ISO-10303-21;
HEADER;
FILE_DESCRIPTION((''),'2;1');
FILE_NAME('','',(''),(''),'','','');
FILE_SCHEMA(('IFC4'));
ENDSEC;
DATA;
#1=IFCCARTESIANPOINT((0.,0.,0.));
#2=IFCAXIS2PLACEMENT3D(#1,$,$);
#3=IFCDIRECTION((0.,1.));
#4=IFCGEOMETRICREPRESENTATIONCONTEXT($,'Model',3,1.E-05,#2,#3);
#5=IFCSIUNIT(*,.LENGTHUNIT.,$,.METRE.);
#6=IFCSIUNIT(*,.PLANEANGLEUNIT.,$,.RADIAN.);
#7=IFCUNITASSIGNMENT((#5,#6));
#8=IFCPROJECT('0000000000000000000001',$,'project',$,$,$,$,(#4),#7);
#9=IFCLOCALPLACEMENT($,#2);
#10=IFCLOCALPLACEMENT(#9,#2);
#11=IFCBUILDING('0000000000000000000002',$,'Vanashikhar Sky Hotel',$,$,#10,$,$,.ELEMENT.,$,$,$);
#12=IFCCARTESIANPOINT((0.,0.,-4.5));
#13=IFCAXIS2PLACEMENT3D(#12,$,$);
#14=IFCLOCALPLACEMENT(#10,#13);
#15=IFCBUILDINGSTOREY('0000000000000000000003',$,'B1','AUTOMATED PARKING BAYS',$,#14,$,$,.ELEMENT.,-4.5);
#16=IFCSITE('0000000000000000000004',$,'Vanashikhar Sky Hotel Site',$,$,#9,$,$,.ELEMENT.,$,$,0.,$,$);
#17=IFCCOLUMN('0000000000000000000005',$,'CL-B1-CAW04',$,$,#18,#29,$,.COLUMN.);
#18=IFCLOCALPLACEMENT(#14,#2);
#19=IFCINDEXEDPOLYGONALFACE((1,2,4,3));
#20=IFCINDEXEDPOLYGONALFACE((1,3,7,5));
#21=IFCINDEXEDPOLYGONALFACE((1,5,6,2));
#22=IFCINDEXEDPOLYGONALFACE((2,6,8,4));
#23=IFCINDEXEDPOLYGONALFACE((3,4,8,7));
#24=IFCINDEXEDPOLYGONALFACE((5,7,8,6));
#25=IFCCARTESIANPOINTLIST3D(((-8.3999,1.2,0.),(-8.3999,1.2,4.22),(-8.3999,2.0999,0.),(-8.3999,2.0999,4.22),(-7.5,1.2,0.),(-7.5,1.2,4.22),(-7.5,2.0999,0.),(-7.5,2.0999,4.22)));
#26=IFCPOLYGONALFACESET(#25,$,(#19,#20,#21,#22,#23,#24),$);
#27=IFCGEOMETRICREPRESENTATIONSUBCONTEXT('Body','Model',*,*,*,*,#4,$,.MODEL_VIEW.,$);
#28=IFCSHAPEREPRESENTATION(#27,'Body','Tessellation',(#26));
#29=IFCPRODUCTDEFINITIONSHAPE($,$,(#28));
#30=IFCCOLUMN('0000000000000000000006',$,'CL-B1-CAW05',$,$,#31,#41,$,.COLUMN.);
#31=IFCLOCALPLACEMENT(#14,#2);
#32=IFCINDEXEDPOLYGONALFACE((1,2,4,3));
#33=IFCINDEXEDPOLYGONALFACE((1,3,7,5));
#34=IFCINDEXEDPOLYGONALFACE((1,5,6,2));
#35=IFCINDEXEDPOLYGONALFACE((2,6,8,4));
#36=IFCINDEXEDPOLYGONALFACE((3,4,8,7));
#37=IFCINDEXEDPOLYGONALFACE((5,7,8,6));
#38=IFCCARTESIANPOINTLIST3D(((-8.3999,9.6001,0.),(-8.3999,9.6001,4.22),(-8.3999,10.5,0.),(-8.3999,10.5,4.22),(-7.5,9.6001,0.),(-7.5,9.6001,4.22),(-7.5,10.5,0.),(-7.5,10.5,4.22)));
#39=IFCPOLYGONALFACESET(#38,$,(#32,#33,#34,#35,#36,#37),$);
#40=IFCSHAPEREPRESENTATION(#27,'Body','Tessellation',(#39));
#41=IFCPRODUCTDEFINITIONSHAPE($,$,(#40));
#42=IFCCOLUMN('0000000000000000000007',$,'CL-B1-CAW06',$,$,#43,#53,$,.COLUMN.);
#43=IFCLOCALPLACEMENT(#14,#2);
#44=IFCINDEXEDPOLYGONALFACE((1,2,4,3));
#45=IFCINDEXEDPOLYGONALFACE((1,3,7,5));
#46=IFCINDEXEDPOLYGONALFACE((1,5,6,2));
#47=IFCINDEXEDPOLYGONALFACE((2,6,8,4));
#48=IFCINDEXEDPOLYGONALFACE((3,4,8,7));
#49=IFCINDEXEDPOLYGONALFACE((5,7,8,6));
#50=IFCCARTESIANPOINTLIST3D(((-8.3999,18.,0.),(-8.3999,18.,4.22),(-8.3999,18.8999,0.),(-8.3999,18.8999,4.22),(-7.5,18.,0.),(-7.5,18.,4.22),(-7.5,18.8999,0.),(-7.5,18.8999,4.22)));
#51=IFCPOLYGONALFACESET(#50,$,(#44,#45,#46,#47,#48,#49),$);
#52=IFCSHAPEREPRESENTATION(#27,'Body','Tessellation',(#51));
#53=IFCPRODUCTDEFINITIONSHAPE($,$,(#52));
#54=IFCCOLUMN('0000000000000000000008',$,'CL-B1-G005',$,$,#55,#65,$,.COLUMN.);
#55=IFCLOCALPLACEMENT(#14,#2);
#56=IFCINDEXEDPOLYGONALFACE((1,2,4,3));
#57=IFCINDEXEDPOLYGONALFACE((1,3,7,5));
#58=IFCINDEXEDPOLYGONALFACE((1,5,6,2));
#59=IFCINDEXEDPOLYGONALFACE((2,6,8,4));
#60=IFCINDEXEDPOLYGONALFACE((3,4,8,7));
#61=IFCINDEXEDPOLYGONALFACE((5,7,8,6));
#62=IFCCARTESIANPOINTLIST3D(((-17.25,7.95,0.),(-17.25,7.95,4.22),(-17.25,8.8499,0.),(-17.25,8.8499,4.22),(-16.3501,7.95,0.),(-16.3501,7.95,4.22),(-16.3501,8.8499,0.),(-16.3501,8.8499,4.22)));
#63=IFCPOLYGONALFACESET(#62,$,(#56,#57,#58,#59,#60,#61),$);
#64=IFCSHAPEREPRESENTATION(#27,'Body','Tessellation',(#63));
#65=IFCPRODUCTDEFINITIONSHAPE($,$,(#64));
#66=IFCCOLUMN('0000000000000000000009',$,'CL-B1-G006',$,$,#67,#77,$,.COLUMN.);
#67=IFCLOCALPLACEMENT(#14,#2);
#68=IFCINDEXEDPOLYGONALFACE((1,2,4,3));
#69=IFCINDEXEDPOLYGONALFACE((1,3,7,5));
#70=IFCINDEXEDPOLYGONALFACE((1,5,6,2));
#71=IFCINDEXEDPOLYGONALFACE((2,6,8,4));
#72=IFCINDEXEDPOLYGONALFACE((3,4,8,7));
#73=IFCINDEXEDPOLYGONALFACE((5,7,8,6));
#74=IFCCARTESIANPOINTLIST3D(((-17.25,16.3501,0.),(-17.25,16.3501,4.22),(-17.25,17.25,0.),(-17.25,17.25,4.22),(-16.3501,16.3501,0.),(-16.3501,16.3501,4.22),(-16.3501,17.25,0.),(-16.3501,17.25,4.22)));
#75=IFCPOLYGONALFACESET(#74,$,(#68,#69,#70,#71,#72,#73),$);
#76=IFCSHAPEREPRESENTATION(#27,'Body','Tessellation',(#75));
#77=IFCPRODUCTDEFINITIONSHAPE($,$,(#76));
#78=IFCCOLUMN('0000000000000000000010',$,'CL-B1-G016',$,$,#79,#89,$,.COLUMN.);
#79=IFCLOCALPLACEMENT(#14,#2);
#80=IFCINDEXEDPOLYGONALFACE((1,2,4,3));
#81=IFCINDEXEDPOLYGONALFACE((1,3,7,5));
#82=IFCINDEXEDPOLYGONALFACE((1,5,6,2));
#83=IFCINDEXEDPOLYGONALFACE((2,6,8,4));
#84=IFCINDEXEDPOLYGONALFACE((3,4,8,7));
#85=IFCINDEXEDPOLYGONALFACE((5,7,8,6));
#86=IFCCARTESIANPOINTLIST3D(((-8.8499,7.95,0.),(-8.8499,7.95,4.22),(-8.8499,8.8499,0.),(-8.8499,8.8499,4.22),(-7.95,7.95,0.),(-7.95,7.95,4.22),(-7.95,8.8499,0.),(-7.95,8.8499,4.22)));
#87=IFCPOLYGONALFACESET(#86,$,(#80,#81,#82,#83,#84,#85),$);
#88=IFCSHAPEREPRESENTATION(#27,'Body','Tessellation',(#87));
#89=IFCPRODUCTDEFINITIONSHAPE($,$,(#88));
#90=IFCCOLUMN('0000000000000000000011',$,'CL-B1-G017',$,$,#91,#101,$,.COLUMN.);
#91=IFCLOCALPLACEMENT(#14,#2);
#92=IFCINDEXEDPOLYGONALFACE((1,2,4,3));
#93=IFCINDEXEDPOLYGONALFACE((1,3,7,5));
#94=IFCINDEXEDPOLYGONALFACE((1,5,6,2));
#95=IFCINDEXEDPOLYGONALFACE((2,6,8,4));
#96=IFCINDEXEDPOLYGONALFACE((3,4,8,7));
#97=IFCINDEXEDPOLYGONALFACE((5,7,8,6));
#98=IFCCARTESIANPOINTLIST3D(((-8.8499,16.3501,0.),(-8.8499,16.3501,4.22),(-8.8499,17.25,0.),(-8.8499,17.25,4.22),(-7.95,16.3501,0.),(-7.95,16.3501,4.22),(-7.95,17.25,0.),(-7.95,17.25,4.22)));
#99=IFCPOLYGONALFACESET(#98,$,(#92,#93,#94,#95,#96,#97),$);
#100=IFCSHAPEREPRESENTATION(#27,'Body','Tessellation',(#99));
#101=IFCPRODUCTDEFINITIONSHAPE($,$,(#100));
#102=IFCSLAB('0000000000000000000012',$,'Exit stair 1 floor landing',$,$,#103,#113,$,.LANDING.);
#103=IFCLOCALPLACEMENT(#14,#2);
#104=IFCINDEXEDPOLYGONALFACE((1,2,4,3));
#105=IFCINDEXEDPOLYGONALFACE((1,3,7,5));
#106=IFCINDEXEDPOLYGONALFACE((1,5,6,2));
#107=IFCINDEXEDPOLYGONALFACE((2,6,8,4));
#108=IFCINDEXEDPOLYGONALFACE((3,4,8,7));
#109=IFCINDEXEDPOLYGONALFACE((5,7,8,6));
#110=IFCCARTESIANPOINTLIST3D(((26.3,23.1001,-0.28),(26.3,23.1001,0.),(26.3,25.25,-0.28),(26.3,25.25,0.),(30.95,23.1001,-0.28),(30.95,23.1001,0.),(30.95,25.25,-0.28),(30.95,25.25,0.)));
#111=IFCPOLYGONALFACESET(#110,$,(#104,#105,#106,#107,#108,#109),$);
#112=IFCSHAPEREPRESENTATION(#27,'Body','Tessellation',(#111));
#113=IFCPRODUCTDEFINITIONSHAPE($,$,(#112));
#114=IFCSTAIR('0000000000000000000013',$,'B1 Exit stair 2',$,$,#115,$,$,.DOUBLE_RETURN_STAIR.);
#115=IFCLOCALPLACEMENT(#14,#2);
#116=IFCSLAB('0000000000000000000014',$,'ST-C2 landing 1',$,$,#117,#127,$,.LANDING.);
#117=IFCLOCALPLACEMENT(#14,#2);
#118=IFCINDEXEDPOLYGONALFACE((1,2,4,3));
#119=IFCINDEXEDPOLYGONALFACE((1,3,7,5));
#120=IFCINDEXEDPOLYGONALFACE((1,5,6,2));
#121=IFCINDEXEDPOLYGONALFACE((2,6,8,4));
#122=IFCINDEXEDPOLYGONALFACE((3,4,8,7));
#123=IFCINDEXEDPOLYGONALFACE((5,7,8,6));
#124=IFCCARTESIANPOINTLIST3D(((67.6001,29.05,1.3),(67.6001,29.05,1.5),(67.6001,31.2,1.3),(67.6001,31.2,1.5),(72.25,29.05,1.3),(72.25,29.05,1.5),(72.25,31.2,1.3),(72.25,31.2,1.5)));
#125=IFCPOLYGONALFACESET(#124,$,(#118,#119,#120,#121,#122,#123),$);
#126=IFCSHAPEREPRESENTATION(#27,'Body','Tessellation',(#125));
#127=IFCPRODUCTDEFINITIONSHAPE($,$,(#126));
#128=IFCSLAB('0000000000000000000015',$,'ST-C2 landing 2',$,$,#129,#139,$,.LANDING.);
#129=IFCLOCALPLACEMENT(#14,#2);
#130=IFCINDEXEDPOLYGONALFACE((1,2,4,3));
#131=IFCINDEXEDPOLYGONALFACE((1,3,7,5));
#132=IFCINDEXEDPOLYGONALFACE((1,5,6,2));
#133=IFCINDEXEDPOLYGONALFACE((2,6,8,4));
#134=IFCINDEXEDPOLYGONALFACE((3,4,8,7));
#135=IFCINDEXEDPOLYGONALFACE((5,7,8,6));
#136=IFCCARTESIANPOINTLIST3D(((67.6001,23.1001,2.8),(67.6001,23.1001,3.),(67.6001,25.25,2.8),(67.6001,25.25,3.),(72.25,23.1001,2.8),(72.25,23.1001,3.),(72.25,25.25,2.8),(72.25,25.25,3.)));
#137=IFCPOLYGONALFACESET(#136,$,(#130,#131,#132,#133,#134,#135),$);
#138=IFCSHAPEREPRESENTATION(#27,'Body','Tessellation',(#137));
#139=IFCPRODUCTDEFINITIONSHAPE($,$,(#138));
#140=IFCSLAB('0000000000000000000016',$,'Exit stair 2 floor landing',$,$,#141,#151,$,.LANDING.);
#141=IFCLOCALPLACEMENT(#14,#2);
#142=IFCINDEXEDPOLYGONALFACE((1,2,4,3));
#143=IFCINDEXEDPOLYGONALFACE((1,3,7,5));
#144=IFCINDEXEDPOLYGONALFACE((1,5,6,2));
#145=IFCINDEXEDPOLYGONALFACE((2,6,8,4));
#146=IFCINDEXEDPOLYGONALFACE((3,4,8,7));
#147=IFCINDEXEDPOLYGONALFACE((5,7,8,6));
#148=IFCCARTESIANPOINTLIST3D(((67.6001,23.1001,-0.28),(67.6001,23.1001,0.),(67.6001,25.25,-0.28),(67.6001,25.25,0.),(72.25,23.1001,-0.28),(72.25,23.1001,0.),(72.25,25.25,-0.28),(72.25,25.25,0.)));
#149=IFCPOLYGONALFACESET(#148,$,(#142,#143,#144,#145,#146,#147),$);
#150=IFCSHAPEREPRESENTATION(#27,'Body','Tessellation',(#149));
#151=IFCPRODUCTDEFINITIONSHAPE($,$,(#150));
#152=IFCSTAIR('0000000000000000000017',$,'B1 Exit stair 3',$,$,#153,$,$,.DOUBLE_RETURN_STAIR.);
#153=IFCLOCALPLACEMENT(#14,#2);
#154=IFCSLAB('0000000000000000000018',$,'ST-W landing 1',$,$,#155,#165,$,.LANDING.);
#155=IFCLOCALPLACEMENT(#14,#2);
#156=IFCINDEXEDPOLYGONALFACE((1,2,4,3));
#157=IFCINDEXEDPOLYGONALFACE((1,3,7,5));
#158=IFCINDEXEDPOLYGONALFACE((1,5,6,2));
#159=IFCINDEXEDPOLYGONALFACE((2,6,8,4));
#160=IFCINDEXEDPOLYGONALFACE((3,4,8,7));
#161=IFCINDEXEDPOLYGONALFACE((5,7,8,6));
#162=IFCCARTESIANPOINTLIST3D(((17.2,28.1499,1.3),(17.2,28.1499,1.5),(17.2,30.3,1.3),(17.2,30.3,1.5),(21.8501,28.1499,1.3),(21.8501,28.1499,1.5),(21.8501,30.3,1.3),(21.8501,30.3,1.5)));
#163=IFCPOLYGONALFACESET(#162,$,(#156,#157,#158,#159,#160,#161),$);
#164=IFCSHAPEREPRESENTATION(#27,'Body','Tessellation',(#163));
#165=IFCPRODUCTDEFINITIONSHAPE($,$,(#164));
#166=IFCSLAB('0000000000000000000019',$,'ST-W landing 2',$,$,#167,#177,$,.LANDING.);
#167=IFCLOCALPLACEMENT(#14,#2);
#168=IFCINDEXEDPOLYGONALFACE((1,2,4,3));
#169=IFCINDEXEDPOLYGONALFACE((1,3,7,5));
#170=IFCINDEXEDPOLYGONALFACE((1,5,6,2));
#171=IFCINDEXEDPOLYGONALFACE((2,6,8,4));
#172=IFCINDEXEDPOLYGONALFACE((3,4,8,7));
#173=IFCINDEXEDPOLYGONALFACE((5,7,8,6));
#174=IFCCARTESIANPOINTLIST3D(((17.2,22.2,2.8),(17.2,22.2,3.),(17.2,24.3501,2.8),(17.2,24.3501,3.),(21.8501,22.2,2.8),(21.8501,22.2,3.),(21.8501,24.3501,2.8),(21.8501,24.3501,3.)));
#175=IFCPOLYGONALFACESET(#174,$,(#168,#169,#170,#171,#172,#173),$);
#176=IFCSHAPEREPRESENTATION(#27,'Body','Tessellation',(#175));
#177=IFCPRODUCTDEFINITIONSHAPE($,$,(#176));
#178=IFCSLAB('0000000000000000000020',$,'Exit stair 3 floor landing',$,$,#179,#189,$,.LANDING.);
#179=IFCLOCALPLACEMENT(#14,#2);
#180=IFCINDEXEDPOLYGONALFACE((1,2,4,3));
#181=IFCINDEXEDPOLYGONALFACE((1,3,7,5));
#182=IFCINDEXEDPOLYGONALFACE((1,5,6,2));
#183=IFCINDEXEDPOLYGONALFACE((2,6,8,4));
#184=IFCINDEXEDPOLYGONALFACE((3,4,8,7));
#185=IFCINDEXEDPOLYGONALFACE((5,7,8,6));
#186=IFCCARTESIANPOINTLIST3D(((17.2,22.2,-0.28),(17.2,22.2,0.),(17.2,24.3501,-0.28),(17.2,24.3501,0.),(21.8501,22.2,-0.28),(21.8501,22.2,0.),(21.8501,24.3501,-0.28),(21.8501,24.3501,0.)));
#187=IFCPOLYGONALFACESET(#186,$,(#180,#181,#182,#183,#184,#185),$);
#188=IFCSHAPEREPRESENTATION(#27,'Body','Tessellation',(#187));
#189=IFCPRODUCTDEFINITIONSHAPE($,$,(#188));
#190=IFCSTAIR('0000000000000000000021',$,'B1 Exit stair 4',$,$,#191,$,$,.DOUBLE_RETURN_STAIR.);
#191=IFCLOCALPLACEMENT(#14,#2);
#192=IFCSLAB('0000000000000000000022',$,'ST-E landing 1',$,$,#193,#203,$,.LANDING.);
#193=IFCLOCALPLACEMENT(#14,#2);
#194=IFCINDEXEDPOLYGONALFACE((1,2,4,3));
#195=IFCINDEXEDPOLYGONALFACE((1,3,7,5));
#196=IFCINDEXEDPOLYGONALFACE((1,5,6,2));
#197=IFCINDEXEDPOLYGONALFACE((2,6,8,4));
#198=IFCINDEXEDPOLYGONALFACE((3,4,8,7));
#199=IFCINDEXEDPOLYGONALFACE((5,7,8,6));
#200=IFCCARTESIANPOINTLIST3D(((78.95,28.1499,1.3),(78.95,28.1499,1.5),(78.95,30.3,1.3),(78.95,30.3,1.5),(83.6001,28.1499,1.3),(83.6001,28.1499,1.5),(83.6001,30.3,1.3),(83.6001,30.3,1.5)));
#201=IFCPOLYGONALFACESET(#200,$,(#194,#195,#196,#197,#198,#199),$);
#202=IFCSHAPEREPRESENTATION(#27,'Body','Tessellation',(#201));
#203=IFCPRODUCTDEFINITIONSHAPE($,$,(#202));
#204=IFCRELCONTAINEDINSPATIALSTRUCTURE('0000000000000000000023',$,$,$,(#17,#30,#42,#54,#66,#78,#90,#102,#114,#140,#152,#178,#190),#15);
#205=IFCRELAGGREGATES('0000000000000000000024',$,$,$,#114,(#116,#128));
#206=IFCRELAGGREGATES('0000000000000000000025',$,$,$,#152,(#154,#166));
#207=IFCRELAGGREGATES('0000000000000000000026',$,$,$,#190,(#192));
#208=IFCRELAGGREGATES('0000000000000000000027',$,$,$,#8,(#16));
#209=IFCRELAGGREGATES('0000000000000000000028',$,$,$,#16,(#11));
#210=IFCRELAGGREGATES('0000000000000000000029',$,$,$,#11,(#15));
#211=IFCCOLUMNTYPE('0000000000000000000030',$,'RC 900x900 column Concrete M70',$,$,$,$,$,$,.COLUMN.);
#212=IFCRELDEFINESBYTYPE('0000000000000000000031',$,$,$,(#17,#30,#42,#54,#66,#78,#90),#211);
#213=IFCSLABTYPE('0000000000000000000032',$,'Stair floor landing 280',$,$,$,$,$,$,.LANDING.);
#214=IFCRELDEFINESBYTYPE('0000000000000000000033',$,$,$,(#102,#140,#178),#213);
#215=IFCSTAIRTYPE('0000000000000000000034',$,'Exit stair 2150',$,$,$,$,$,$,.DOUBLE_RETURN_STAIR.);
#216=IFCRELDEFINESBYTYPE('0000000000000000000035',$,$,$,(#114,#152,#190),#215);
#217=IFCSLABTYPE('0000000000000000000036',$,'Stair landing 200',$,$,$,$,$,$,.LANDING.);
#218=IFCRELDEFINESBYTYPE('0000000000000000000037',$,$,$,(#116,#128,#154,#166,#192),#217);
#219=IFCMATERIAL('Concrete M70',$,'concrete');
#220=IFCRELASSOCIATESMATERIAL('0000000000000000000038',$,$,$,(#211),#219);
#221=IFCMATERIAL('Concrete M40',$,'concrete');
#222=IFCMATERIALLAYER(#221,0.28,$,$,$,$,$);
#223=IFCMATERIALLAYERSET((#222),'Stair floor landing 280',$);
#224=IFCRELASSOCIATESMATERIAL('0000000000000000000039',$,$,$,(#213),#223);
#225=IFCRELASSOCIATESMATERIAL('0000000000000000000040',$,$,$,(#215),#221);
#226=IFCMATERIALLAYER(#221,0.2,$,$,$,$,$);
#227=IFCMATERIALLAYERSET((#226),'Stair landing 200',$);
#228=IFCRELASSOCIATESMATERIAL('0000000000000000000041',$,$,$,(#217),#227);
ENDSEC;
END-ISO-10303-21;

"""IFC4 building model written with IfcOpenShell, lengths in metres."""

from ifc_helpers import new_model, si_unit, direction, frame, origin, origin_2d, place, context, subcontext, project, spatial, polyline, rectangle, outline, extrude, source, transform, mapped, material, layer, layer_set, material_profile, profile_set, type_object, element, aggregate, save


model = new_model("IFC4")

# Units and contexts
model_context = context("Model", 3, precision=1e-05, world=origin(), true_north=direction((0.0, 1.0)))
body_context = subcontext(model_context, "Body", "Model", "MODEL_VIEW")
ifc_project = project(units=[si_unit("LENGTHUNIT", "METRE"), si_unit("PLANEANGLEUNIT", "RADIAN")], contexts=[model_context])

# Site, building, storey
site_placement = place(None, origin())
site = spatial("IfcSite", under=ifc_project, at=site_placement, Name="Vanashikhar Sky Hotel Site", CompositionType="ELEMENT", RefElevation=0.0)
building_placement = place(site_placement, origin())
building = spatial("IfcBuilding", under=site, at=building_placement, Name="Vanashikhar Sky Hotel", CompositionType="ELEMENT")
storey_placement = place(building_placement, frame((0.0, 0.0, -4.5)))
storey = spatial("IfcBuildingStorey", under=building, at=storey_placement, Name="B1", Description="AUTOMATED PARKING BAYS", CompositionType="ELEMENT", Elevation=-4.5)

# Columns
ifc_material_1 = material(Name="Concrete M70", Category="concrete")
ifc_material_profile = material_profile(ifc_material_1, rectangle(XDim=0.8999, YDim=0.8999, at=origin_2d()))
ifc_profile_set = profile_set([ifc_material_profile], Name="RC 900x900 column Concrete M70")
column_type = type_object("IfcColumnType", Name="RC 900x900 column Concrete M70", PredefinedType="COLUMN", material=ifc_profile_set)
shared_shape_1 = source(origin(), body_context, "Body", "SweptSolid", [
    extrude(rectangle(XDim=0.8999, YDim=0.8999, at=origin_2d()), origin(), (0.0, 0.0, 1.0), 4.22),
])
for number, where, z_axis, x_axis, name in (
    (1, (-7.95, 1.6499, 0.0), (0.0, 0.0, 1.0), (1.0, 0.0, 0.0), "CL-B1-CAW04"),
    (2, (-7.95, 10.05, 0.0), (0.0, 0.0, 1.0), (1.0, 0.0, 0.0), "CL-B1-CAW05"),
    (3, (-7.95, 18.45, 0.0), (0.0, 0.0, 1.0), (1.0, 0.0, 0.0), "CL-B1-CAW06"),
    (4, (-16.8, 8.3999, 0.0), (0.0, 0.0, 1.0), (1.0, 0.0, 0.0), "CL-B1-G005"),
    (5, (-16.8, 16.8, 0.0), (0.0, 0.0, 1.0), (1.0, 0.0, 0.0), "CL-B1-G006"),
    (6, (-8.3999, 8.3999, 0.0), (0.0, 0.0, 1.0), (1.0, 0.0, 0.0), "CL-B1-G016"),
    (7, (-8.3999, 16.8, 0.0), (0.0, 0.0, 1.0), (1.0, 0.0, 0.0), "CL-B1-G017"),
):
    element("IfcColumn", number, at=place(storey_placement, frame(where, z_axis=z_axis, x_axis=x_axis)), inside=storey, type_object=column_type, Name=name, PredefinedType="COLUMN", context=body_context, shape_type="MappedRepresentation", body=[
        mapped(shared_shape_1, transform((0.0, 0.0, 0.0), scale=1.0)),
    ])

# Slab
ifc_material_2 = material(Name="Concrete M40", Category="concrete")
ifc_layer_1 = layer(ifc_material_2, 0.28)
ifc_layer_set_1 = layer_set([ifc_layer_1], Name="Stair floor landing 280")
slab_type_1 = type_object("IfcSlabType", Name="Stair floor landing 280", PredefinedType="LANDING", material=ifc_layer_set_1)
shared_shape_2 = source(origin(), body_context, "Body", "SweptSolid", [
    extrude(outline(polyline([(30.95, 23.1001), (30.95, 25.25), (26.3, 25.25), (26.3, 23.1001), (30.95, 23.1001)])), origin(), (0.0, 0.0, 1.0), 0.28),
])
slab_1_placement = place(storey_placement, frame((0.0, 0.0, -0.28)))
element("IfcSlab", 8, at=slab_1_placement, inside=storey, type_object=slab_type_1, Name="Exit stair 1 floor landing", PredefinedType="LANDING", context=body_context, shape_type="MappedRepresentation", body=[
    mapped(shared_shape_2, transform((0.0, 0.0, 0.0), scale=1.0)),
])

# Stair, slabs
stair_type = type_object("IfcStairType", Name="Exit stair 2150", PredefinedType="DOUBLE_RETURN_STAIR", material=ifc_material_2)
stair_1_placement = place(storey_placement, origin())
stair_1 = element("IfcStair", 9, at=stair_1_placement, inside=storey, type_object=stair_type, Name="B1 Exit stair 2", PredefinedType="DOUBLE_RETURN_STAIR")
ifc_layer_2 = layer(ifc_material_2, 0.2)
ifc_layer_set_2 = layer_set([ifc_layer_2], Name="Stair landing 200")
slab_type_2 = type_object("IfcSlabType", Name="Stair landing 200", PredefinedType="LANDING", material=ifc_layer_set_2)
shared_shape_3 = source(origin(), body_context, "Body", "SweptSolid", [
    extrude(outline(polyline([(72.25, 29.05), (72.25, 31.2), (67.6001, 31.2), (67.6001, 29.05), (72.25, 29.05)])), origin(), (0.0, 0.0, 1.0), 0.2),
])
slab_2_placement = place(storey_placement, frame((0.0, 0.0, 1.3)))
slab_2 = element("IfcSlab", 10, at=slab_2_placement, type_object=slab_type_2, Name="ST-C2 landing 1", PredefinedType="LANDING", context=body_context, shape_type="MappedRepresentation", body=[
    mapped(shared_shape_3, transform((0.0, 0.0, 0.0), scale=1.0)),
])
shared_shape_4 = source(origin(), body_context, "Body", "SweptSolid", [
    extrude(outline(polyline([(72.25, 23.1001), (72.25, 25.25), (67.6001, 25.25), (67.6001, 23.1001), (72.25, 23.1001)])), origin(), (0.0, 0.0, 1.0), 0.2),
])
slab_3_placement = place(storey_placement, frame((0.0, 0.0, 2.8)))
slab_3 = element("IfcSlab", 11, at=slab_3_placement, type_object=slab_type_2, Name="ST-C2 landing 2", PredefinedType="LANDING", context=body_context, shape_type="MappedRepresentation", body=[
    mapped(shared_shape_4, transform((0.0, 0.0, 0.0), scale=1.0)),
])
aggregate(stair_1, [slab_2, slab_3])

# Slab
shared_shape_5 = source(origin(), body_context, "Body", "SweptSolid", [
    extrude(outline(polyline([(72.25, 23.1001), (72.25, 25.25), (67.6001, 25.25), (67.6001, 23.1001), (72.25, 23.1001)])), origin(), (0.0, 0.0, 1.0), 0.28),
])
slab_4_placement = place(storey_placement, frame((0.0, 0.0, -0.28)))
element("IfcSlab", 12, at=slab_4_placement, inside=storey, type_object=slab_type_1, Name="Exit stair 2 floor landing", PredefinedType="LANDING", context=body_context, shape_type="MappedRepresentation", body=[
    mapped(shared_shape_5, transform((0.0, 0.0, 0.0), scale=1.0)),
])

# Stair, slabs
stair_2_placement = place(storey_placement, origin())
stair_2 = element("IfcStair", 13, at=stair_2_placement, inside=storey, type_object=stair_type, Name="B1 Exit stair 3", PredefinedType="DOUBLE_RETURN_STAIR")
shared_shape_6 = source(origin(), body_context, "Body", "SweptSolid", [
    extrude(outline(polyline([(21.8501, 28.1499), (21.8501, 30.3), (17.2, 30.3), (17.2, 28.1499), (21.8501, 28.1499)])), origin(), (0.0, 0.0, 1.0), 0.2),
])
slab_5_placement = place(storey_placement, frame((0.0, 0.0, 1.3)))
slab_5 = element("IfcSlab", 14, at=slab_5_placement, type_object=slab_type_2, Name="ST-W landing 1", PredefinedType="LANDING", context=body_context, shape_type="MappedRepresentation", body=[
    mapped(shared_shape_6, transform((0.0, 0.0, 0.0), scale=1.0)),
])
shared_shape_7 = source(origin(), body_context, "Body", "SweptSolid", [
    extrude(outline(polyline([(21.8501, 22.2), (21.8501, 24.3501), (17.2, 24.3501), (17.2, 22.2), (21.8501, 22.2)])), origin(), (0.0, 0.0, 1.0), 0.2),
])
slab_6_placement = place(storey_placement, frame((0.0, 0.0, 2.8)))
slab_6 = element("IfcSlab", 15, at=slab_6_placement, type_object=slab_type_2, Name="ST-W landing 2", PredefinedType="LANDING", context=body_context, shape_type="MappedRepresentation", body=[
    mapped(shared_shape_7, transform((0.0, 0.0, 0.0), scale=1.0)),
])
aggregate(stair_2, [slab_5, slab_6])

# Slab
shared_shape_8 = source(origin(), body_context, "Body", "SweptSolid", [
    extrude(outline(polyline([(21.8501, 22.2), (21.8501, 24.3501), (17.2, 24.3501), (17.2, 22.2), (21.8501, 22.2)])), origin(), (0.0, 0.0, 1.0), 0.28),
])
slab_7_placement = place(storey_placement, frame((0.0, 0.0, -0.28)))
element("IfcSlab", 16, at=slab_7_placement, inside=storey, type_object=slab_type_1, Name="Exit stair 3 floor landing", PredefinedType="LANDING", context=body_context, shape_type="MappedRepresentation", body=[
    mapped(shared_shape_8, transform((0.0, 0.0, 0.0), scale=1.0)),
])

# Stair, slab
stair_3_placement = place(storey_placement, origin())
stair_3 = element("IfcStair", 17, at=stair_3_placement, inside=storey, type_object=stair_type, Name="B1 Exit stair 4", PredefinedType="DOUBLE_RETURN_STAIR")
shared_shape_9 = source(origin(), body_context, "Body", "SweptSolid", [
    extrude(outline(polyline([(83.6001, 28.1499), (83.6001, 30.3), (78.95, 30.3), (78.95, 28.1499), (83.6001, 28.1499)])), origin(), (0.0, 0.0, 1.0), 0.2),
])
slab_8_placement = place(storey_placement, frame((0.0, 0.0, 1.3)))
slab_8 = element("IfcSlab", 18, at=slab_8_placement, type_object=slab_type_2, Name="ST-E landing 1", PredefinedType="LANDING", context=body_context, shape_type="MappedRepresentation", body=[
    mapped(shared_shape_9, transform((0.0, 0.0, 0.0), scale=1.0)),
])
aggregate(stair_3, [slab_8])

save(model, "model.ifc")
